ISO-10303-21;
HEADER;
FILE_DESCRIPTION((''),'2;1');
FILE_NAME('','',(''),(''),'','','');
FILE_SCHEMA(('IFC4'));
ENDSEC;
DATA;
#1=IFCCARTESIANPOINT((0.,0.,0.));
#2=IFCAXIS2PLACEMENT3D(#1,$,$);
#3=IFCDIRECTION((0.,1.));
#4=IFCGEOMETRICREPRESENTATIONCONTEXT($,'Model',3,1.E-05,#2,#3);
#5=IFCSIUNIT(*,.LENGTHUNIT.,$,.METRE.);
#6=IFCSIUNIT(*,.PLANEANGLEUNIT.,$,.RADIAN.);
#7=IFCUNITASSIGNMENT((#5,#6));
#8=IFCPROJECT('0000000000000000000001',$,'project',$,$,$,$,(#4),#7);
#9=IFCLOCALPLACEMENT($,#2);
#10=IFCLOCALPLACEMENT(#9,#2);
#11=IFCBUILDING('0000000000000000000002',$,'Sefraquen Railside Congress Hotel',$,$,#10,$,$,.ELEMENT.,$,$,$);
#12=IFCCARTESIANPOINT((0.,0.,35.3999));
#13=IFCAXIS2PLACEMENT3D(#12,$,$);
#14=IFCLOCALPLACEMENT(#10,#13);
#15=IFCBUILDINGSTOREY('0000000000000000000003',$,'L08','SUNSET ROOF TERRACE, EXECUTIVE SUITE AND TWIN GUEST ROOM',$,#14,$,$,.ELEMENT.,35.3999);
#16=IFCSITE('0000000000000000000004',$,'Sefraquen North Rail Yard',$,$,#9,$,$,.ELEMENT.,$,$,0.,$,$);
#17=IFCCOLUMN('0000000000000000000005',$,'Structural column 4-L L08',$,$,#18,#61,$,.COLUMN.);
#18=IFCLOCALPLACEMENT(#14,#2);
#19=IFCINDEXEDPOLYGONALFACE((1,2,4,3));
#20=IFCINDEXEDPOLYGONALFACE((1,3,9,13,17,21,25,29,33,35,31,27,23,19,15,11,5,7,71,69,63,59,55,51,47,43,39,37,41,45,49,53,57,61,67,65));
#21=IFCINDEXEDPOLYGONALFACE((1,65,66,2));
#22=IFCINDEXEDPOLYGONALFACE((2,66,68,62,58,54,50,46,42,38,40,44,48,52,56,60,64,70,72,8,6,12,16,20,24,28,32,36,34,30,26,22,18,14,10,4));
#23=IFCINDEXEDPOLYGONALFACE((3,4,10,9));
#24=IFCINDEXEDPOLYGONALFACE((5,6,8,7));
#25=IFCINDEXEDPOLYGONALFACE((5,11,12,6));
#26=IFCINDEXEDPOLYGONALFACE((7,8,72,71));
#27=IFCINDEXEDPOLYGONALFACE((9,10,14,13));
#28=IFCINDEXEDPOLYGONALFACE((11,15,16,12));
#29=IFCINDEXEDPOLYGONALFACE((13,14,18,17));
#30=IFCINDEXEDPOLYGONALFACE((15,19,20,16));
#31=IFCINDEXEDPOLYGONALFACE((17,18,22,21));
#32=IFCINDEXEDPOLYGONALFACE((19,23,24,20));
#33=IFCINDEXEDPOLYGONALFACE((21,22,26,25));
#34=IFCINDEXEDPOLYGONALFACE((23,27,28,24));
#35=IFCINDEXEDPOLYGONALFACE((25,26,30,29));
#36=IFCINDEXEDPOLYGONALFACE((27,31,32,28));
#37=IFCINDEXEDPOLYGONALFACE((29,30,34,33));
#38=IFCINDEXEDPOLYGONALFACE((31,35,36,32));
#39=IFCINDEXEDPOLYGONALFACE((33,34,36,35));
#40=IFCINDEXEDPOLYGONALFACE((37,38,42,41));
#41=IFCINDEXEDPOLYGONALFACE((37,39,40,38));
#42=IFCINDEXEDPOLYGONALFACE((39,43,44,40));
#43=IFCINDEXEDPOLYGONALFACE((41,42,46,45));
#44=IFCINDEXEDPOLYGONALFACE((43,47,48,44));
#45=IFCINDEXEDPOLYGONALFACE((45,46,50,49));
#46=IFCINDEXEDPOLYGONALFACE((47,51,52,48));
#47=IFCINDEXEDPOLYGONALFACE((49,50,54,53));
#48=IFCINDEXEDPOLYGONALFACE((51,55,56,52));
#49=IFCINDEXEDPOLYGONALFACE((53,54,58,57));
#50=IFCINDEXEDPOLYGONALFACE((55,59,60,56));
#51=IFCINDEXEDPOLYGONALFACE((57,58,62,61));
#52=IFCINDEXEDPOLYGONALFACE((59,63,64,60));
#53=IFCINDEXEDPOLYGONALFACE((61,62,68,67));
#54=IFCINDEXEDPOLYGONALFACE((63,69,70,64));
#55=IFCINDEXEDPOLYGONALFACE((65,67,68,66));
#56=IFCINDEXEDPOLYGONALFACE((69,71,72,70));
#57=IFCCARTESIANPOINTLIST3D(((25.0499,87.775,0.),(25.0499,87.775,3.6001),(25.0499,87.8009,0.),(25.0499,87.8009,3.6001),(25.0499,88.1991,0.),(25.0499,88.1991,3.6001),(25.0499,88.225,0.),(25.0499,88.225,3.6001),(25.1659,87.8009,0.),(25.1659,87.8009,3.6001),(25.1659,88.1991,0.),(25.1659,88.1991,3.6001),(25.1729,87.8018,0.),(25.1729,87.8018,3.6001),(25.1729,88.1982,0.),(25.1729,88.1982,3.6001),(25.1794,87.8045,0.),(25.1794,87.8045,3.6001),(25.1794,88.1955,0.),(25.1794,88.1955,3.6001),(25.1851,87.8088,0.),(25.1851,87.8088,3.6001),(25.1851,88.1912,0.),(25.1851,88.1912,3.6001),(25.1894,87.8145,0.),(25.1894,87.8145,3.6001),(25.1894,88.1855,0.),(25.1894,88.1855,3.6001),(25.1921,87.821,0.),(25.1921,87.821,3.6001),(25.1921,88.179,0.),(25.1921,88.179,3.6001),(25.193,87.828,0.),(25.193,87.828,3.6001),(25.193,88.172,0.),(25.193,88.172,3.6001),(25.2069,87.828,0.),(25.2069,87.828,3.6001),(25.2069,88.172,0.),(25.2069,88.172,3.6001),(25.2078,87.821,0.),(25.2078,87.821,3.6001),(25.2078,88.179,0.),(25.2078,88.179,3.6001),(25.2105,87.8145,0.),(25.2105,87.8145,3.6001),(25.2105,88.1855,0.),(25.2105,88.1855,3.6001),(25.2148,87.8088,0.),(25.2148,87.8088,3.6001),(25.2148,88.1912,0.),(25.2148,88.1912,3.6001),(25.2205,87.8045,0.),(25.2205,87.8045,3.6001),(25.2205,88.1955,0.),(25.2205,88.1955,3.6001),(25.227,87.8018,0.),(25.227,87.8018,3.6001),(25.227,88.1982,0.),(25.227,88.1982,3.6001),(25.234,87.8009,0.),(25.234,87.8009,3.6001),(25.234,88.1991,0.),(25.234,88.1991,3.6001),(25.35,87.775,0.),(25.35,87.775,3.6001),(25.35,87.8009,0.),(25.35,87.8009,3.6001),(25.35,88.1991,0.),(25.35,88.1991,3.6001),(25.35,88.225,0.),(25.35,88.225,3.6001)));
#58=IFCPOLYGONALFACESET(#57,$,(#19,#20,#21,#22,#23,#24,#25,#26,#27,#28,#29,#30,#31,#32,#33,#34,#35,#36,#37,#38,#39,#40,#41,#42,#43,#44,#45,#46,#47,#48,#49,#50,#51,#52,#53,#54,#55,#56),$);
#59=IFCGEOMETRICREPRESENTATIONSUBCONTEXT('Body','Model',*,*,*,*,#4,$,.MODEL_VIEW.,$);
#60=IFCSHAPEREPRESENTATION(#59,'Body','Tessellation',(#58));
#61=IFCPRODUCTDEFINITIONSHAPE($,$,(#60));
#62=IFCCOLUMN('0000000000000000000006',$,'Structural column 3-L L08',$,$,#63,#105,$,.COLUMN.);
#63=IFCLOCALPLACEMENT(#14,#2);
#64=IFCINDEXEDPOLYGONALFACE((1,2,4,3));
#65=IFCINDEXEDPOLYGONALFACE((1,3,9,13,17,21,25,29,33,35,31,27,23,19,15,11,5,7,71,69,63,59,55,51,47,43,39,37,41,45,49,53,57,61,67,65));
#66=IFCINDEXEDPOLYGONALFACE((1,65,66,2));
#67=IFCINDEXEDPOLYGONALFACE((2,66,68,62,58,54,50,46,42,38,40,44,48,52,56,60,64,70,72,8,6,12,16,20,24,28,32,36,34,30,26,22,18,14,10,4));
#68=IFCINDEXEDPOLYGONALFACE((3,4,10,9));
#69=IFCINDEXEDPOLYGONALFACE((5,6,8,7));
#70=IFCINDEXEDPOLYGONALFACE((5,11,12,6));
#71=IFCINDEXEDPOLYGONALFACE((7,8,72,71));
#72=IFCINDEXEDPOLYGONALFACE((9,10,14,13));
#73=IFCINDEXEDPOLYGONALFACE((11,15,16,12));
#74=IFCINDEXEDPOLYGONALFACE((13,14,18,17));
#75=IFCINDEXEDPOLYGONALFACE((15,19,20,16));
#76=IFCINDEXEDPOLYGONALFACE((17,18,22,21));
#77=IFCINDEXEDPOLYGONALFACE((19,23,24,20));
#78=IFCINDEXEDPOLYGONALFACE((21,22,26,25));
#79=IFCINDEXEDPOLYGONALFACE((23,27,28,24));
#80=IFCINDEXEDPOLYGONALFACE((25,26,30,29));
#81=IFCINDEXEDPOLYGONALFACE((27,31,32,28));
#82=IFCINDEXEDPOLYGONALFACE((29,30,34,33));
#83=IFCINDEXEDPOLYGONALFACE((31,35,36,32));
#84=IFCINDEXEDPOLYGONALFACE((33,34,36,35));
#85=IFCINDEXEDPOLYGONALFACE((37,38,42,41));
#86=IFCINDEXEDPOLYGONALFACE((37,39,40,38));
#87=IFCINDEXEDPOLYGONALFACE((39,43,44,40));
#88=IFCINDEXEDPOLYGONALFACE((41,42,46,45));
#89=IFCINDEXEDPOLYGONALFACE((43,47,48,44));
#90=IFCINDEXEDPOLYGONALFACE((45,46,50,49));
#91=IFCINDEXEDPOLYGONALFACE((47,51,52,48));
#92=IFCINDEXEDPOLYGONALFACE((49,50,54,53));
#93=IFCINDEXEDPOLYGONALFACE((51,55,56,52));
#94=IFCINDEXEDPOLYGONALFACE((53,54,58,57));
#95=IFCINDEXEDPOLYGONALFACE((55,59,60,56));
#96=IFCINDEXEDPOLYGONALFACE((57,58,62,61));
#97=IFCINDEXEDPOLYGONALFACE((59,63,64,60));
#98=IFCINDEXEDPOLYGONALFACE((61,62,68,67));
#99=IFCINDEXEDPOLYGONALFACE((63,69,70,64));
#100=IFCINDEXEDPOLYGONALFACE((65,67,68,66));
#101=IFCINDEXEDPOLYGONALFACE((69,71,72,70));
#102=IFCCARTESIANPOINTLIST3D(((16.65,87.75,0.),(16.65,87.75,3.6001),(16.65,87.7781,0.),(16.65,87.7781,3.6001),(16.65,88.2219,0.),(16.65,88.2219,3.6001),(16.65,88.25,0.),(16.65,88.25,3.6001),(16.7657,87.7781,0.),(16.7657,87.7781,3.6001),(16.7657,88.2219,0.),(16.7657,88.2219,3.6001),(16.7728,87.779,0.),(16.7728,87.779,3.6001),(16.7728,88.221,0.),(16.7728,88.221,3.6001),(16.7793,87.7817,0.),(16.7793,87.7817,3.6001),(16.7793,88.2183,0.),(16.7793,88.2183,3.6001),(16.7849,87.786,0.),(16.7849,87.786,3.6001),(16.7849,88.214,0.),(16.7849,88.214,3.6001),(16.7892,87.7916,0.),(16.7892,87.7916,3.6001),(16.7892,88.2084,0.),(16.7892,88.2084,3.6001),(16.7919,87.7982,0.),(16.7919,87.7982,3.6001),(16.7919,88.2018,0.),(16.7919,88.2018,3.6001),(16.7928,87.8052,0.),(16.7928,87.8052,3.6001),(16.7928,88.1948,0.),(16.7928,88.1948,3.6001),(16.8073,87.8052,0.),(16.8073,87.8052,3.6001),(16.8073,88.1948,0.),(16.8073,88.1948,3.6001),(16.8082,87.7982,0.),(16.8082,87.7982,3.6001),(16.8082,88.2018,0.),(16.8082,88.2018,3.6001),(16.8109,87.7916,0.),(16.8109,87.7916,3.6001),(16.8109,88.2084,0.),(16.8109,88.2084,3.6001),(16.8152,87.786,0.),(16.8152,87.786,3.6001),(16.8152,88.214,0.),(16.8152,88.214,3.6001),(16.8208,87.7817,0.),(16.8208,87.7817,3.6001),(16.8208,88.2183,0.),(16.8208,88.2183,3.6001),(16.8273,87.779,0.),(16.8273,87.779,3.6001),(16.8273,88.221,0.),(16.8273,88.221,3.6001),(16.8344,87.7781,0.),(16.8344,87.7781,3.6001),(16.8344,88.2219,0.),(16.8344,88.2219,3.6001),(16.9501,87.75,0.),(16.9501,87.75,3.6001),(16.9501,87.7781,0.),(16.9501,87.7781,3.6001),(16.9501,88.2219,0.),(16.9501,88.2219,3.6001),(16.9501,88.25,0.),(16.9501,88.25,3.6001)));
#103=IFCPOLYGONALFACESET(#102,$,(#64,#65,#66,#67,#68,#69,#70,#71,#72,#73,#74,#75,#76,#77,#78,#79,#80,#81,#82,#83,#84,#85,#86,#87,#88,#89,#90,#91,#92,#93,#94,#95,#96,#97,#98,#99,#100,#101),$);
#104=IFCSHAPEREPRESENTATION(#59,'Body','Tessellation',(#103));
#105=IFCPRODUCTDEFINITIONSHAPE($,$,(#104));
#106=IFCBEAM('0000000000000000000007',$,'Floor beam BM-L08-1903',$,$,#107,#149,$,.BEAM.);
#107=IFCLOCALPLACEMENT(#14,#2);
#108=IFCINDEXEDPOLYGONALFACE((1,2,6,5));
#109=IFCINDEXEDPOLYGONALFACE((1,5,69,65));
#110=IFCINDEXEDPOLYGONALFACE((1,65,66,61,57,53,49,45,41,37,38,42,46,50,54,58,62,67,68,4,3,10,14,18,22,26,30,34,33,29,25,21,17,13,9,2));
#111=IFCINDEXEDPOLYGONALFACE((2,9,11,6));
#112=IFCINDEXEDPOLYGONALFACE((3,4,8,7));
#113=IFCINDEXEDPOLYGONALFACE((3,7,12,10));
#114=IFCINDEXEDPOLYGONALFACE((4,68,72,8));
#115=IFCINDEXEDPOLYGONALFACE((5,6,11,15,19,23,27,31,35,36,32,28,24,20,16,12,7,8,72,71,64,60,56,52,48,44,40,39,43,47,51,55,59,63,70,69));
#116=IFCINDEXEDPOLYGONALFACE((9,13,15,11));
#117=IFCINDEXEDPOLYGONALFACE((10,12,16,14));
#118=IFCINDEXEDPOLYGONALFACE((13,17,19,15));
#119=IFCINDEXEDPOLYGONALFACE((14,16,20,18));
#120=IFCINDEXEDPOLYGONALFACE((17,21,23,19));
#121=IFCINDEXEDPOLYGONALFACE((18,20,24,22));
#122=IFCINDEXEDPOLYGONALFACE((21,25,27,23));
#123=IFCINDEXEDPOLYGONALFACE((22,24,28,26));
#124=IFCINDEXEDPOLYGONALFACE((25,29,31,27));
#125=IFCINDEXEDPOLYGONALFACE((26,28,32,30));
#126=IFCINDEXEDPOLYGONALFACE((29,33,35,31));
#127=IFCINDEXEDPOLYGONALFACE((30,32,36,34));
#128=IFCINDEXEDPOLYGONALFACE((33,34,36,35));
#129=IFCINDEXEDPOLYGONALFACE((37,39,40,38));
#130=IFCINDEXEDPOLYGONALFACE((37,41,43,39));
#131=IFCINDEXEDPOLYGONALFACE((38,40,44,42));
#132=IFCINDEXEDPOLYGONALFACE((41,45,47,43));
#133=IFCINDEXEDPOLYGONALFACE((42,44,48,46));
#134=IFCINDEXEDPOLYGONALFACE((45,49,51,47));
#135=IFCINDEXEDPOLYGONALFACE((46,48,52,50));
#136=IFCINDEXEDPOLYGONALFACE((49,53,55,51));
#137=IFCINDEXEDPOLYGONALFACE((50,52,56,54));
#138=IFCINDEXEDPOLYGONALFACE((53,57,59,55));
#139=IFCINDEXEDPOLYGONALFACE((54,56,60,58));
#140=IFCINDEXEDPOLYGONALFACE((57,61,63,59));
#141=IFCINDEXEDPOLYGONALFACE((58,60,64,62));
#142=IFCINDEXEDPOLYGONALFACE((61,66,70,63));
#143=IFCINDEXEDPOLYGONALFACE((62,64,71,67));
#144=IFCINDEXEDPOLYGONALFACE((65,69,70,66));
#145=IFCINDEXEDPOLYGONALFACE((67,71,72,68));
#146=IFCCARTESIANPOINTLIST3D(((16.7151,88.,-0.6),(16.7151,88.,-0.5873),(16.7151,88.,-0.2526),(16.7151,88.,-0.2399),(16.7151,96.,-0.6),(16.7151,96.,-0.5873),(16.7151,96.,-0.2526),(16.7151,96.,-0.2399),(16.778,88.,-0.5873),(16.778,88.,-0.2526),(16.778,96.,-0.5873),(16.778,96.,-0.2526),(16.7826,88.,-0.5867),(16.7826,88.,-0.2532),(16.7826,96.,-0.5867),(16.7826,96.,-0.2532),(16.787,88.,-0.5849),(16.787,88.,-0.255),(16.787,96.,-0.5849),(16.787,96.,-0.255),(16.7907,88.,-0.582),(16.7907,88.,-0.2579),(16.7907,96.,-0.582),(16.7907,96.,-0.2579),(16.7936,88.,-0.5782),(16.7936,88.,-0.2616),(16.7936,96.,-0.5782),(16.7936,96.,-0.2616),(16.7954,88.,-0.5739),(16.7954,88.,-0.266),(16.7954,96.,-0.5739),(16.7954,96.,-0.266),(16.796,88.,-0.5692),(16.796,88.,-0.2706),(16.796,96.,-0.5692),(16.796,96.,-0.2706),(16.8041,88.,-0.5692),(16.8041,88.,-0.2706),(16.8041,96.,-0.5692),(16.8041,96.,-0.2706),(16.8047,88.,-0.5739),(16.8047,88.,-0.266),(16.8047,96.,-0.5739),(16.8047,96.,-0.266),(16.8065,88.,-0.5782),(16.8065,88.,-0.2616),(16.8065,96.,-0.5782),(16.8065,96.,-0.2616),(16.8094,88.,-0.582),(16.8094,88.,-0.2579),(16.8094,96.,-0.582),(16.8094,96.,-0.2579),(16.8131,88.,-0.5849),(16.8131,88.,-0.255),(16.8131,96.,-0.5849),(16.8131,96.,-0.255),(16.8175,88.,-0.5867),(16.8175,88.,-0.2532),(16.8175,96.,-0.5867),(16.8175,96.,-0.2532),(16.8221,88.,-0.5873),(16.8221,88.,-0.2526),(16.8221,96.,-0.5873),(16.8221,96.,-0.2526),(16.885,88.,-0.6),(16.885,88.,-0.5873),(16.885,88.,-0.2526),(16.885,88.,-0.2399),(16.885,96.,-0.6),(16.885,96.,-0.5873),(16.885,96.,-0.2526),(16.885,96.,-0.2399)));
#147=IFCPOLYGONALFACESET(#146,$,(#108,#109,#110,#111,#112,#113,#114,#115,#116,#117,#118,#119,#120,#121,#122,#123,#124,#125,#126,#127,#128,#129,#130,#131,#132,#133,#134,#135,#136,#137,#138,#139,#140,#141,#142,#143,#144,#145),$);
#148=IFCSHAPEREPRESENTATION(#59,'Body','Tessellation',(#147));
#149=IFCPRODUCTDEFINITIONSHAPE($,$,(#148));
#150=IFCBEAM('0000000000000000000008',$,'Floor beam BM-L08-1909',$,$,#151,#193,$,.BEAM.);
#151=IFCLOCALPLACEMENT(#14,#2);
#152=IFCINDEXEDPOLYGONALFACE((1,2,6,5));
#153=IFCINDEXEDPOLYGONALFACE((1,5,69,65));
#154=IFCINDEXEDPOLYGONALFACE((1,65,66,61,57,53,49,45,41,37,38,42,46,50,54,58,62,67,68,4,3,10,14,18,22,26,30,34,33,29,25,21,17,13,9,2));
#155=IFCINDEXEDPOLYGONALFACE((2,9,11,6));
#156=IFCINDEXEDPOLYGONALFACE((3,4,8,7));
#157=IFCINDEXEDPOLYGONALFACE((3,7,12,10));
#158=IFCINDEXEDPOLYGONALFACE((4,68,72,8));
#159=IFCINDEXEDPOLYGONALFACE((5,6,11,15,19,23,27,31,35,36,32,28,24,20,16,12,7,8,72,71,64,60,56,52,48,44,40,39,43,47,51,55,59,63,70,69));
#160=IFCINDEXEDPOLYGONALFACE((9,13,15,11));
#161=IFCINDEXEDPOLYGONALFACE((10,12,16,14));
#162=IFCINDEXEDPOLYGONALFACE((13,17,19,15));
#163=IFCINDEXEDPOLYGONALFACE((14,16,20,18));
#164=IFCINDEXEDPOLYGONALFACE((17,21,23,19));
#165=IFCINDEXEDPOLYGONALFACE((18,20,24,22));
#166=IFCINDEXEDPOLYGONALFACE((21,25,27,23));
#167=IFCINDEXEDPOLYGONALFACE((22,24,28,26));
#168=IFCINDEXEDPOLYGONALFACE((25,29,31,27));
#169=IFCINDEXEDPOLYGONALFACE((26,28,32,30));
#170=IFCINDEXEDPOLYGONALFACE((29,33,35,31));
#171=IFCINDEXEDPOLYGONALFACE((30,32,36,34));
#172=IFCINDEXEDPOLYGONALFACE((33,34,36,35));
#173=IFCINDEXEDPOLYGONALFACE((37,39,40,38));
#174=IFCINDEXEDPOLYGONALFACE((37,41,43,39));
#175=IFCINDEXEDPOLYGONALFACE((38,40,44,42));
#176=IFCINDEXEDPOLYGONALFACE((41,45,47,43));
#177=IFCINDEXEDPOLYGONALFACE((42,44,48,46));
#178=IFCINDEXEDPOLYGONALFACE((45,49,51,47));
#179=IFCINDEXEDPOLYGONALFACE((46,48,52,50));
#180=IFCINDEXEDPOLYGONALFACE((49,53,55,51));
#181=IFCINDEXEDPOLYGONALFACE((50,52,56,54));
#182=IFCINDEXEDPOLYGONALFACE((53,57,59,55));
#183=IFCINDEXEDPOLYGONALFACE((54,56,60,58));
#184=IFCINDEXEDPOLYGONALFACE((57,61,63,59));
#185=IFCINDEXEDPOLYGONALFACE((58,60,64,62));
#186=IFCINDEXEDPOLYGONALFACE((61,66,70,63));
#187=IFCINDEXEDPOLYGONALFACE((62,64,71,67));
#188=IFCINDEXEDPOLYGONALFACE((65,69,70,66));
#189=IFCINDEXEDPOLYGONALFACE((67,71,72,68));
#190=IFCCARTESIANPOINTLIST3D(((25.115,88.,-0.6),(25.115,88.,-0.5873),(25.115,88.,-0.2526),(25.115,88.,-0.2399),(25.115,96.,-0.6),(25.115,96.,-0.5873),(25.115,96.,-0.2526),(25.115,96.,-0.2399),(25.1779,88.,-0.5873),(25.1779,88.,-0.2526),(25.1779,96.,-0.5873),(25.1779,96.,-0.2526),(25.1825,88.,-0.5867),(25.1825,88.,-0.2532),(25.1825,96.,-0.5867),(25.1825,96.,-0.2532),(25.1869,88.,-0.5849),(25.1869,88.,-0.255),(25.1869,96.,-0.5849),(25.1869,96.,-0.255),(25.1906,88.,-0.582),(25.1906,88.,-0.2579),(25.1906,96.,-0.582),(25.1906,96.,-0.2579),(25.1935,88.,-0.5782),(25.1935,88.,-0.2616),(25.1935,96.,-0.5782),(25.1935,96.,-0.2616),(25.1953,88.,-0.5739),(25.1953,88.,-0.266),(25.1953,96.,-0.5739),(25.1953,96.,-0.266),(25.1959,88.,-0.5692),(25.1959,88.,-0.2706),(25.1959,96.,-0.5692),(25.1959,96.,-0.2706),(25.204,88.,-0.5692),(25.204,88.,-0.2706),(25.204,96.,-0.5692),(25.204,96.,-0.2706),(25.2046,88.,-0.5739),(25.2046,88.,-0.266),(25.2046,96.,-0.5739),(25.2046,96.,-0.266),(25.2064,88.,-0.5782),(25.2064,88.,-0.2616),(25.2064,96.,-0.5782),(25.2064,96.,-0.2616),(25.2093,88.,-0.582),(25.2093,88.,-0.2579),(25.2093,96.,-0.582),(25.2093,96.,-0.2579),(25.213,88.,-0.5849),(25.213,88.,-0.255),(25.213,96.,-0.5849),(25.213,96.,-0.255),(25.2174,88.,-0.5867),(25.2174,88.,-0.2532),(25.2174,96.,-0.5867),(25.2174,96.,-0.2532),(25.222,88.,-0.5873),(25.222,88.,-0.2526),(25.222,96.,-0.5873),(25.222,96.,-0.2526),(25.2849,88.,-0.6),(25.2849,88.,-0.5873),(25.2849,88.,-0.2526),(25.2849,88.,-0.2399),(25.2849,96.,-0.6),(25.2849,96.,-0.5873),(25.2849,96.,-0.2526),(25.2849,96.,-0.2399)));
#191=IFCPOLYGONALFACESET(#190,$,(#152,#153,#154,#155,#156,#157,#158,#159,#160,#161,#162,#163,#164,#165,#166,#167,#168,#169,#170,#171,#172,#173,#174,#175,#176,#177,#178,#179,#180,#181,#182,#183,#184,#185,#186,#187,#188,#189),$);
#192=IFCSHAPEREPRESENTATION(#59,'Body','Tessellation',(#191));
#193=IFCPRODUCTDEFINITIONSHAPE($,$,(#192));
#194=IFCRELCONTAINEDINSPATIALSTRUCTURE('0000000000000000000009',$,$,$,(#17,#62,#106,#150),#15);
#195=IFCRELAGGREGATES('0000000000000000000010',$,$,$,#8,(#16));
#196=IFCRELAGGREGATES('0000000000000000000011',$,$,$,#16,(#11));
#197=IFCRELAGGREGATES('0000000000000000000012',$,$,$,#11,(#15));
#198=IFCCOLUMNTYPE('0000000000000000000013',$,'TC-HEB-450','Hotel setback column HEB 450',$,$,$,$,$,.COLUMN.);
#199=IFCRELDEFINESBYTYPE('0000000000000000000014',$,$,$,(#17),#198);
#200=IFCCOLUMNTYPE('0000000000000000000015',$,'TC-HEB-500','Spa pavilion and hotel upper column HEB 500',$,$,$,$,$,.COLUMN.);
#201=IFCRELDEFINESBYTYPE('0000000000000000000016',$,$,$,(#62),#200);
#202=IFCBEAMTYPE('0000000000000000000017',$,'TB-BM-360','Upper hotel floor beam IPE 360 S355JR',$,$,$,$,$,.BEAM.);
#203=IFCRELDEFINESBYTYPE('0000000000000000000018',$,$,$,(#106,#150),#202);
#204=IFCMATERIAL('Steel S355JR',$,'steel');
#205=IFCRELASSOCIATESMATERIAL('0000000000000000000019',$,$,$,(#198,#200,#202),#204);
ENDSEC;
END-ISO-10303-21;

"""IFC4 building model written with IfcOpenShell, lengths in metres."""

from ifc_helpers import new_model, si_unit, direction, frame, origin, origin_2d, place, context, subcontext, project, spatial, i_section, extrude, material, material_profile, profile_set, type_object, element, save


model = new_model("IFC4")

# Units and contexts
model_context = context("Model", 3, precision=1e-05, world=origin(), true_north=direction((0.0, 1.0)))
body_context = subcontext(model_context, "Body", "Model", "MODEL_VIEW")
ifc_project = project(units=[si_unit("LENGTHUNIT", "METRE"), si_unit("PLANEANGLEUNIT", "RADIAN")], contexts=[model_context])

# Site, building, storey
site_placement = place(None, origin())
site = spatial("IfcSite", under=ifc_project, at=site_placement, Name="Sefraquen North Rail Yard", CompositionType="ELEMENT", RefElevation=0.0)
building_placement = place(site_placement, origin())
building = spatial("IfcBuilding", under=site, at=building_placement, Name="Sefraquen Railside Congress Hotel", CompositionType="ELEMENT")
storey_placement = place(building_placement, frame((0.0, 0.0, 35.3999)))
storey = spatial("IfcBuildingStorey", under=building, at=storey_placement, Name="L08", Description="SUNSET ROOF TERRACE, EXECUTIVE SUITE AND TWIN GUEST ROOM", CompositionType="ELEMENT", Elevation=35.3999)

# Columns
ifc_material_1 = material(Name="Steel S355JR", Category="steel")
ifc_material_profile_1 = material_profile(ifc_material_1, i_section(OverallWidth=0.3, OverallDepth=0.45, WebThickness=0.0139, FlangeThickness=0.0259, FilletRadius=0.0271, at=origin_2d()), Name="HEB 450")
ifc_profile_set_1 = profile_set([ifc_material_profile_1], Name="Steel S355JR")
column_type_1 = type_object("IfcColumnType", Name="TC-HEB-450", Description="Hotel setback column HEB 450", PredefinedType="COLUMN", material=ifc_profile_set_1)
column_1_placement = place(storey_placement, frame((25.2, 88.0, 0.0), z_axis=(0.0, 0.0, 1.0), x_axis=(1.0, 0.0, 0.0)))
element("IfcColumn", 1, at=column_1_placement, inside=storey, type_object=column_type_1, Name="Structural column 4-L L08", PredefinedType="COLUMN", context=body_context, shape_type="SweptSolid", body=[
    extrude(i_section(OverallWidth=0.3, OverallDepth=0.45, WebThickness=0.0139, FlangeThickness=0.0259, FilletRadius=0.0271, at=origin_2d()), origin(), (0.0, 0.0, 1.0), 3.6001),
])
ifc_material_profile_2 = material_profile(ifc_material_1, i_section(OverallWidth=0.3, OverallDepth=0.5, WebThickness=0.0144, FlangeThickness=0.0281, FilletRadius=0.0271, at=origin_2d()), Name="HEB 500")
ifc_profile_set_2 = profile_set([ifc_material_profile_2], Name="Steel S355JR")
column_type_2 = type_object("IfcColumnType", Name="TC-HEB-500", Description="Spa pavilion and hotel upper column HEB 500", PredefinedType="COLUMN", material=ifc_profile_set_2)
column_2_placement = place(storey_placement, frame((16.8, 88.0, 0.0), z_axis=(0.0, 0.0, 1.0), x_axis=(1.0, 0.0, 0.0)))
element("IfcColumn", 2, at=column_2_placement, inside=storey, type_object=column_type_2, Name="Structural column 3-L L08", PredefinedType="COLUMN", context=body_context, shape_type="SweptSolid", body=[
    extrude(i_section(OverallWidth=0.3, OverallDepth=0.5, WebThickness=0.0144, FlangeThickness=0.0281, FilletRadius=0.0271, at=origin_2d()), origin(), (0.0, 0.0, 1.0), 3.6001),
])

# Beams
ifc_material_profile_3 = material_profile(ifc_material_1, i_section(OverallWidth=0.1699, OverallDepth=0.3601, WebThickness=0.0081, FlangeThickness=0.0127, FilletRadius=0.0181, at=origin_2d()), Name="IPE 360")
ifc_profile_set_3 = profile_set([ifc_material_profile_3], Name="Steel S355JR")
beam_type_1 = type_object("IfcBeamType", Name="TB-BM-360", Description="Upper hotel floor beam IPE 360 S355JR", PredefinedType="BEAM", material=ifc_profile_set_3)
for number, where, z_axis, x_axis, name in (
    (3, (16.8, 88.0, -0.4199), (0.0, 1.0, 0.0), (-1.0, 0.0, 0.0), "Floor beam BM-L08-1903"),
    (4, (25.2, 88.0, -0.4199), (0.0, 1.0, 0.0), (-1.0, 0.0, 0.0), "Floor beam BM-L08-1909"),
):
    element("IfcBeam", number, at=place(storey_placement, frame(where, z_axis=z_axis, x_axis=x_axis)), inside=storey, type_object=beam_type_1, Name=name, PredefinedType="BEAM", context=body_context, shape_type="SweptSolid", body=[
        extrude(i_section(OverallWidth=0.1699, OverallDepth=0.3601, WebThickness=0.0081, FlangeThickness=0.0127, FilletRadius=0.0181, at=origin_2d()), origin(), (0.0, 0.0, 1.0), 8.0),
    ])

save(model, "model.ifc")
